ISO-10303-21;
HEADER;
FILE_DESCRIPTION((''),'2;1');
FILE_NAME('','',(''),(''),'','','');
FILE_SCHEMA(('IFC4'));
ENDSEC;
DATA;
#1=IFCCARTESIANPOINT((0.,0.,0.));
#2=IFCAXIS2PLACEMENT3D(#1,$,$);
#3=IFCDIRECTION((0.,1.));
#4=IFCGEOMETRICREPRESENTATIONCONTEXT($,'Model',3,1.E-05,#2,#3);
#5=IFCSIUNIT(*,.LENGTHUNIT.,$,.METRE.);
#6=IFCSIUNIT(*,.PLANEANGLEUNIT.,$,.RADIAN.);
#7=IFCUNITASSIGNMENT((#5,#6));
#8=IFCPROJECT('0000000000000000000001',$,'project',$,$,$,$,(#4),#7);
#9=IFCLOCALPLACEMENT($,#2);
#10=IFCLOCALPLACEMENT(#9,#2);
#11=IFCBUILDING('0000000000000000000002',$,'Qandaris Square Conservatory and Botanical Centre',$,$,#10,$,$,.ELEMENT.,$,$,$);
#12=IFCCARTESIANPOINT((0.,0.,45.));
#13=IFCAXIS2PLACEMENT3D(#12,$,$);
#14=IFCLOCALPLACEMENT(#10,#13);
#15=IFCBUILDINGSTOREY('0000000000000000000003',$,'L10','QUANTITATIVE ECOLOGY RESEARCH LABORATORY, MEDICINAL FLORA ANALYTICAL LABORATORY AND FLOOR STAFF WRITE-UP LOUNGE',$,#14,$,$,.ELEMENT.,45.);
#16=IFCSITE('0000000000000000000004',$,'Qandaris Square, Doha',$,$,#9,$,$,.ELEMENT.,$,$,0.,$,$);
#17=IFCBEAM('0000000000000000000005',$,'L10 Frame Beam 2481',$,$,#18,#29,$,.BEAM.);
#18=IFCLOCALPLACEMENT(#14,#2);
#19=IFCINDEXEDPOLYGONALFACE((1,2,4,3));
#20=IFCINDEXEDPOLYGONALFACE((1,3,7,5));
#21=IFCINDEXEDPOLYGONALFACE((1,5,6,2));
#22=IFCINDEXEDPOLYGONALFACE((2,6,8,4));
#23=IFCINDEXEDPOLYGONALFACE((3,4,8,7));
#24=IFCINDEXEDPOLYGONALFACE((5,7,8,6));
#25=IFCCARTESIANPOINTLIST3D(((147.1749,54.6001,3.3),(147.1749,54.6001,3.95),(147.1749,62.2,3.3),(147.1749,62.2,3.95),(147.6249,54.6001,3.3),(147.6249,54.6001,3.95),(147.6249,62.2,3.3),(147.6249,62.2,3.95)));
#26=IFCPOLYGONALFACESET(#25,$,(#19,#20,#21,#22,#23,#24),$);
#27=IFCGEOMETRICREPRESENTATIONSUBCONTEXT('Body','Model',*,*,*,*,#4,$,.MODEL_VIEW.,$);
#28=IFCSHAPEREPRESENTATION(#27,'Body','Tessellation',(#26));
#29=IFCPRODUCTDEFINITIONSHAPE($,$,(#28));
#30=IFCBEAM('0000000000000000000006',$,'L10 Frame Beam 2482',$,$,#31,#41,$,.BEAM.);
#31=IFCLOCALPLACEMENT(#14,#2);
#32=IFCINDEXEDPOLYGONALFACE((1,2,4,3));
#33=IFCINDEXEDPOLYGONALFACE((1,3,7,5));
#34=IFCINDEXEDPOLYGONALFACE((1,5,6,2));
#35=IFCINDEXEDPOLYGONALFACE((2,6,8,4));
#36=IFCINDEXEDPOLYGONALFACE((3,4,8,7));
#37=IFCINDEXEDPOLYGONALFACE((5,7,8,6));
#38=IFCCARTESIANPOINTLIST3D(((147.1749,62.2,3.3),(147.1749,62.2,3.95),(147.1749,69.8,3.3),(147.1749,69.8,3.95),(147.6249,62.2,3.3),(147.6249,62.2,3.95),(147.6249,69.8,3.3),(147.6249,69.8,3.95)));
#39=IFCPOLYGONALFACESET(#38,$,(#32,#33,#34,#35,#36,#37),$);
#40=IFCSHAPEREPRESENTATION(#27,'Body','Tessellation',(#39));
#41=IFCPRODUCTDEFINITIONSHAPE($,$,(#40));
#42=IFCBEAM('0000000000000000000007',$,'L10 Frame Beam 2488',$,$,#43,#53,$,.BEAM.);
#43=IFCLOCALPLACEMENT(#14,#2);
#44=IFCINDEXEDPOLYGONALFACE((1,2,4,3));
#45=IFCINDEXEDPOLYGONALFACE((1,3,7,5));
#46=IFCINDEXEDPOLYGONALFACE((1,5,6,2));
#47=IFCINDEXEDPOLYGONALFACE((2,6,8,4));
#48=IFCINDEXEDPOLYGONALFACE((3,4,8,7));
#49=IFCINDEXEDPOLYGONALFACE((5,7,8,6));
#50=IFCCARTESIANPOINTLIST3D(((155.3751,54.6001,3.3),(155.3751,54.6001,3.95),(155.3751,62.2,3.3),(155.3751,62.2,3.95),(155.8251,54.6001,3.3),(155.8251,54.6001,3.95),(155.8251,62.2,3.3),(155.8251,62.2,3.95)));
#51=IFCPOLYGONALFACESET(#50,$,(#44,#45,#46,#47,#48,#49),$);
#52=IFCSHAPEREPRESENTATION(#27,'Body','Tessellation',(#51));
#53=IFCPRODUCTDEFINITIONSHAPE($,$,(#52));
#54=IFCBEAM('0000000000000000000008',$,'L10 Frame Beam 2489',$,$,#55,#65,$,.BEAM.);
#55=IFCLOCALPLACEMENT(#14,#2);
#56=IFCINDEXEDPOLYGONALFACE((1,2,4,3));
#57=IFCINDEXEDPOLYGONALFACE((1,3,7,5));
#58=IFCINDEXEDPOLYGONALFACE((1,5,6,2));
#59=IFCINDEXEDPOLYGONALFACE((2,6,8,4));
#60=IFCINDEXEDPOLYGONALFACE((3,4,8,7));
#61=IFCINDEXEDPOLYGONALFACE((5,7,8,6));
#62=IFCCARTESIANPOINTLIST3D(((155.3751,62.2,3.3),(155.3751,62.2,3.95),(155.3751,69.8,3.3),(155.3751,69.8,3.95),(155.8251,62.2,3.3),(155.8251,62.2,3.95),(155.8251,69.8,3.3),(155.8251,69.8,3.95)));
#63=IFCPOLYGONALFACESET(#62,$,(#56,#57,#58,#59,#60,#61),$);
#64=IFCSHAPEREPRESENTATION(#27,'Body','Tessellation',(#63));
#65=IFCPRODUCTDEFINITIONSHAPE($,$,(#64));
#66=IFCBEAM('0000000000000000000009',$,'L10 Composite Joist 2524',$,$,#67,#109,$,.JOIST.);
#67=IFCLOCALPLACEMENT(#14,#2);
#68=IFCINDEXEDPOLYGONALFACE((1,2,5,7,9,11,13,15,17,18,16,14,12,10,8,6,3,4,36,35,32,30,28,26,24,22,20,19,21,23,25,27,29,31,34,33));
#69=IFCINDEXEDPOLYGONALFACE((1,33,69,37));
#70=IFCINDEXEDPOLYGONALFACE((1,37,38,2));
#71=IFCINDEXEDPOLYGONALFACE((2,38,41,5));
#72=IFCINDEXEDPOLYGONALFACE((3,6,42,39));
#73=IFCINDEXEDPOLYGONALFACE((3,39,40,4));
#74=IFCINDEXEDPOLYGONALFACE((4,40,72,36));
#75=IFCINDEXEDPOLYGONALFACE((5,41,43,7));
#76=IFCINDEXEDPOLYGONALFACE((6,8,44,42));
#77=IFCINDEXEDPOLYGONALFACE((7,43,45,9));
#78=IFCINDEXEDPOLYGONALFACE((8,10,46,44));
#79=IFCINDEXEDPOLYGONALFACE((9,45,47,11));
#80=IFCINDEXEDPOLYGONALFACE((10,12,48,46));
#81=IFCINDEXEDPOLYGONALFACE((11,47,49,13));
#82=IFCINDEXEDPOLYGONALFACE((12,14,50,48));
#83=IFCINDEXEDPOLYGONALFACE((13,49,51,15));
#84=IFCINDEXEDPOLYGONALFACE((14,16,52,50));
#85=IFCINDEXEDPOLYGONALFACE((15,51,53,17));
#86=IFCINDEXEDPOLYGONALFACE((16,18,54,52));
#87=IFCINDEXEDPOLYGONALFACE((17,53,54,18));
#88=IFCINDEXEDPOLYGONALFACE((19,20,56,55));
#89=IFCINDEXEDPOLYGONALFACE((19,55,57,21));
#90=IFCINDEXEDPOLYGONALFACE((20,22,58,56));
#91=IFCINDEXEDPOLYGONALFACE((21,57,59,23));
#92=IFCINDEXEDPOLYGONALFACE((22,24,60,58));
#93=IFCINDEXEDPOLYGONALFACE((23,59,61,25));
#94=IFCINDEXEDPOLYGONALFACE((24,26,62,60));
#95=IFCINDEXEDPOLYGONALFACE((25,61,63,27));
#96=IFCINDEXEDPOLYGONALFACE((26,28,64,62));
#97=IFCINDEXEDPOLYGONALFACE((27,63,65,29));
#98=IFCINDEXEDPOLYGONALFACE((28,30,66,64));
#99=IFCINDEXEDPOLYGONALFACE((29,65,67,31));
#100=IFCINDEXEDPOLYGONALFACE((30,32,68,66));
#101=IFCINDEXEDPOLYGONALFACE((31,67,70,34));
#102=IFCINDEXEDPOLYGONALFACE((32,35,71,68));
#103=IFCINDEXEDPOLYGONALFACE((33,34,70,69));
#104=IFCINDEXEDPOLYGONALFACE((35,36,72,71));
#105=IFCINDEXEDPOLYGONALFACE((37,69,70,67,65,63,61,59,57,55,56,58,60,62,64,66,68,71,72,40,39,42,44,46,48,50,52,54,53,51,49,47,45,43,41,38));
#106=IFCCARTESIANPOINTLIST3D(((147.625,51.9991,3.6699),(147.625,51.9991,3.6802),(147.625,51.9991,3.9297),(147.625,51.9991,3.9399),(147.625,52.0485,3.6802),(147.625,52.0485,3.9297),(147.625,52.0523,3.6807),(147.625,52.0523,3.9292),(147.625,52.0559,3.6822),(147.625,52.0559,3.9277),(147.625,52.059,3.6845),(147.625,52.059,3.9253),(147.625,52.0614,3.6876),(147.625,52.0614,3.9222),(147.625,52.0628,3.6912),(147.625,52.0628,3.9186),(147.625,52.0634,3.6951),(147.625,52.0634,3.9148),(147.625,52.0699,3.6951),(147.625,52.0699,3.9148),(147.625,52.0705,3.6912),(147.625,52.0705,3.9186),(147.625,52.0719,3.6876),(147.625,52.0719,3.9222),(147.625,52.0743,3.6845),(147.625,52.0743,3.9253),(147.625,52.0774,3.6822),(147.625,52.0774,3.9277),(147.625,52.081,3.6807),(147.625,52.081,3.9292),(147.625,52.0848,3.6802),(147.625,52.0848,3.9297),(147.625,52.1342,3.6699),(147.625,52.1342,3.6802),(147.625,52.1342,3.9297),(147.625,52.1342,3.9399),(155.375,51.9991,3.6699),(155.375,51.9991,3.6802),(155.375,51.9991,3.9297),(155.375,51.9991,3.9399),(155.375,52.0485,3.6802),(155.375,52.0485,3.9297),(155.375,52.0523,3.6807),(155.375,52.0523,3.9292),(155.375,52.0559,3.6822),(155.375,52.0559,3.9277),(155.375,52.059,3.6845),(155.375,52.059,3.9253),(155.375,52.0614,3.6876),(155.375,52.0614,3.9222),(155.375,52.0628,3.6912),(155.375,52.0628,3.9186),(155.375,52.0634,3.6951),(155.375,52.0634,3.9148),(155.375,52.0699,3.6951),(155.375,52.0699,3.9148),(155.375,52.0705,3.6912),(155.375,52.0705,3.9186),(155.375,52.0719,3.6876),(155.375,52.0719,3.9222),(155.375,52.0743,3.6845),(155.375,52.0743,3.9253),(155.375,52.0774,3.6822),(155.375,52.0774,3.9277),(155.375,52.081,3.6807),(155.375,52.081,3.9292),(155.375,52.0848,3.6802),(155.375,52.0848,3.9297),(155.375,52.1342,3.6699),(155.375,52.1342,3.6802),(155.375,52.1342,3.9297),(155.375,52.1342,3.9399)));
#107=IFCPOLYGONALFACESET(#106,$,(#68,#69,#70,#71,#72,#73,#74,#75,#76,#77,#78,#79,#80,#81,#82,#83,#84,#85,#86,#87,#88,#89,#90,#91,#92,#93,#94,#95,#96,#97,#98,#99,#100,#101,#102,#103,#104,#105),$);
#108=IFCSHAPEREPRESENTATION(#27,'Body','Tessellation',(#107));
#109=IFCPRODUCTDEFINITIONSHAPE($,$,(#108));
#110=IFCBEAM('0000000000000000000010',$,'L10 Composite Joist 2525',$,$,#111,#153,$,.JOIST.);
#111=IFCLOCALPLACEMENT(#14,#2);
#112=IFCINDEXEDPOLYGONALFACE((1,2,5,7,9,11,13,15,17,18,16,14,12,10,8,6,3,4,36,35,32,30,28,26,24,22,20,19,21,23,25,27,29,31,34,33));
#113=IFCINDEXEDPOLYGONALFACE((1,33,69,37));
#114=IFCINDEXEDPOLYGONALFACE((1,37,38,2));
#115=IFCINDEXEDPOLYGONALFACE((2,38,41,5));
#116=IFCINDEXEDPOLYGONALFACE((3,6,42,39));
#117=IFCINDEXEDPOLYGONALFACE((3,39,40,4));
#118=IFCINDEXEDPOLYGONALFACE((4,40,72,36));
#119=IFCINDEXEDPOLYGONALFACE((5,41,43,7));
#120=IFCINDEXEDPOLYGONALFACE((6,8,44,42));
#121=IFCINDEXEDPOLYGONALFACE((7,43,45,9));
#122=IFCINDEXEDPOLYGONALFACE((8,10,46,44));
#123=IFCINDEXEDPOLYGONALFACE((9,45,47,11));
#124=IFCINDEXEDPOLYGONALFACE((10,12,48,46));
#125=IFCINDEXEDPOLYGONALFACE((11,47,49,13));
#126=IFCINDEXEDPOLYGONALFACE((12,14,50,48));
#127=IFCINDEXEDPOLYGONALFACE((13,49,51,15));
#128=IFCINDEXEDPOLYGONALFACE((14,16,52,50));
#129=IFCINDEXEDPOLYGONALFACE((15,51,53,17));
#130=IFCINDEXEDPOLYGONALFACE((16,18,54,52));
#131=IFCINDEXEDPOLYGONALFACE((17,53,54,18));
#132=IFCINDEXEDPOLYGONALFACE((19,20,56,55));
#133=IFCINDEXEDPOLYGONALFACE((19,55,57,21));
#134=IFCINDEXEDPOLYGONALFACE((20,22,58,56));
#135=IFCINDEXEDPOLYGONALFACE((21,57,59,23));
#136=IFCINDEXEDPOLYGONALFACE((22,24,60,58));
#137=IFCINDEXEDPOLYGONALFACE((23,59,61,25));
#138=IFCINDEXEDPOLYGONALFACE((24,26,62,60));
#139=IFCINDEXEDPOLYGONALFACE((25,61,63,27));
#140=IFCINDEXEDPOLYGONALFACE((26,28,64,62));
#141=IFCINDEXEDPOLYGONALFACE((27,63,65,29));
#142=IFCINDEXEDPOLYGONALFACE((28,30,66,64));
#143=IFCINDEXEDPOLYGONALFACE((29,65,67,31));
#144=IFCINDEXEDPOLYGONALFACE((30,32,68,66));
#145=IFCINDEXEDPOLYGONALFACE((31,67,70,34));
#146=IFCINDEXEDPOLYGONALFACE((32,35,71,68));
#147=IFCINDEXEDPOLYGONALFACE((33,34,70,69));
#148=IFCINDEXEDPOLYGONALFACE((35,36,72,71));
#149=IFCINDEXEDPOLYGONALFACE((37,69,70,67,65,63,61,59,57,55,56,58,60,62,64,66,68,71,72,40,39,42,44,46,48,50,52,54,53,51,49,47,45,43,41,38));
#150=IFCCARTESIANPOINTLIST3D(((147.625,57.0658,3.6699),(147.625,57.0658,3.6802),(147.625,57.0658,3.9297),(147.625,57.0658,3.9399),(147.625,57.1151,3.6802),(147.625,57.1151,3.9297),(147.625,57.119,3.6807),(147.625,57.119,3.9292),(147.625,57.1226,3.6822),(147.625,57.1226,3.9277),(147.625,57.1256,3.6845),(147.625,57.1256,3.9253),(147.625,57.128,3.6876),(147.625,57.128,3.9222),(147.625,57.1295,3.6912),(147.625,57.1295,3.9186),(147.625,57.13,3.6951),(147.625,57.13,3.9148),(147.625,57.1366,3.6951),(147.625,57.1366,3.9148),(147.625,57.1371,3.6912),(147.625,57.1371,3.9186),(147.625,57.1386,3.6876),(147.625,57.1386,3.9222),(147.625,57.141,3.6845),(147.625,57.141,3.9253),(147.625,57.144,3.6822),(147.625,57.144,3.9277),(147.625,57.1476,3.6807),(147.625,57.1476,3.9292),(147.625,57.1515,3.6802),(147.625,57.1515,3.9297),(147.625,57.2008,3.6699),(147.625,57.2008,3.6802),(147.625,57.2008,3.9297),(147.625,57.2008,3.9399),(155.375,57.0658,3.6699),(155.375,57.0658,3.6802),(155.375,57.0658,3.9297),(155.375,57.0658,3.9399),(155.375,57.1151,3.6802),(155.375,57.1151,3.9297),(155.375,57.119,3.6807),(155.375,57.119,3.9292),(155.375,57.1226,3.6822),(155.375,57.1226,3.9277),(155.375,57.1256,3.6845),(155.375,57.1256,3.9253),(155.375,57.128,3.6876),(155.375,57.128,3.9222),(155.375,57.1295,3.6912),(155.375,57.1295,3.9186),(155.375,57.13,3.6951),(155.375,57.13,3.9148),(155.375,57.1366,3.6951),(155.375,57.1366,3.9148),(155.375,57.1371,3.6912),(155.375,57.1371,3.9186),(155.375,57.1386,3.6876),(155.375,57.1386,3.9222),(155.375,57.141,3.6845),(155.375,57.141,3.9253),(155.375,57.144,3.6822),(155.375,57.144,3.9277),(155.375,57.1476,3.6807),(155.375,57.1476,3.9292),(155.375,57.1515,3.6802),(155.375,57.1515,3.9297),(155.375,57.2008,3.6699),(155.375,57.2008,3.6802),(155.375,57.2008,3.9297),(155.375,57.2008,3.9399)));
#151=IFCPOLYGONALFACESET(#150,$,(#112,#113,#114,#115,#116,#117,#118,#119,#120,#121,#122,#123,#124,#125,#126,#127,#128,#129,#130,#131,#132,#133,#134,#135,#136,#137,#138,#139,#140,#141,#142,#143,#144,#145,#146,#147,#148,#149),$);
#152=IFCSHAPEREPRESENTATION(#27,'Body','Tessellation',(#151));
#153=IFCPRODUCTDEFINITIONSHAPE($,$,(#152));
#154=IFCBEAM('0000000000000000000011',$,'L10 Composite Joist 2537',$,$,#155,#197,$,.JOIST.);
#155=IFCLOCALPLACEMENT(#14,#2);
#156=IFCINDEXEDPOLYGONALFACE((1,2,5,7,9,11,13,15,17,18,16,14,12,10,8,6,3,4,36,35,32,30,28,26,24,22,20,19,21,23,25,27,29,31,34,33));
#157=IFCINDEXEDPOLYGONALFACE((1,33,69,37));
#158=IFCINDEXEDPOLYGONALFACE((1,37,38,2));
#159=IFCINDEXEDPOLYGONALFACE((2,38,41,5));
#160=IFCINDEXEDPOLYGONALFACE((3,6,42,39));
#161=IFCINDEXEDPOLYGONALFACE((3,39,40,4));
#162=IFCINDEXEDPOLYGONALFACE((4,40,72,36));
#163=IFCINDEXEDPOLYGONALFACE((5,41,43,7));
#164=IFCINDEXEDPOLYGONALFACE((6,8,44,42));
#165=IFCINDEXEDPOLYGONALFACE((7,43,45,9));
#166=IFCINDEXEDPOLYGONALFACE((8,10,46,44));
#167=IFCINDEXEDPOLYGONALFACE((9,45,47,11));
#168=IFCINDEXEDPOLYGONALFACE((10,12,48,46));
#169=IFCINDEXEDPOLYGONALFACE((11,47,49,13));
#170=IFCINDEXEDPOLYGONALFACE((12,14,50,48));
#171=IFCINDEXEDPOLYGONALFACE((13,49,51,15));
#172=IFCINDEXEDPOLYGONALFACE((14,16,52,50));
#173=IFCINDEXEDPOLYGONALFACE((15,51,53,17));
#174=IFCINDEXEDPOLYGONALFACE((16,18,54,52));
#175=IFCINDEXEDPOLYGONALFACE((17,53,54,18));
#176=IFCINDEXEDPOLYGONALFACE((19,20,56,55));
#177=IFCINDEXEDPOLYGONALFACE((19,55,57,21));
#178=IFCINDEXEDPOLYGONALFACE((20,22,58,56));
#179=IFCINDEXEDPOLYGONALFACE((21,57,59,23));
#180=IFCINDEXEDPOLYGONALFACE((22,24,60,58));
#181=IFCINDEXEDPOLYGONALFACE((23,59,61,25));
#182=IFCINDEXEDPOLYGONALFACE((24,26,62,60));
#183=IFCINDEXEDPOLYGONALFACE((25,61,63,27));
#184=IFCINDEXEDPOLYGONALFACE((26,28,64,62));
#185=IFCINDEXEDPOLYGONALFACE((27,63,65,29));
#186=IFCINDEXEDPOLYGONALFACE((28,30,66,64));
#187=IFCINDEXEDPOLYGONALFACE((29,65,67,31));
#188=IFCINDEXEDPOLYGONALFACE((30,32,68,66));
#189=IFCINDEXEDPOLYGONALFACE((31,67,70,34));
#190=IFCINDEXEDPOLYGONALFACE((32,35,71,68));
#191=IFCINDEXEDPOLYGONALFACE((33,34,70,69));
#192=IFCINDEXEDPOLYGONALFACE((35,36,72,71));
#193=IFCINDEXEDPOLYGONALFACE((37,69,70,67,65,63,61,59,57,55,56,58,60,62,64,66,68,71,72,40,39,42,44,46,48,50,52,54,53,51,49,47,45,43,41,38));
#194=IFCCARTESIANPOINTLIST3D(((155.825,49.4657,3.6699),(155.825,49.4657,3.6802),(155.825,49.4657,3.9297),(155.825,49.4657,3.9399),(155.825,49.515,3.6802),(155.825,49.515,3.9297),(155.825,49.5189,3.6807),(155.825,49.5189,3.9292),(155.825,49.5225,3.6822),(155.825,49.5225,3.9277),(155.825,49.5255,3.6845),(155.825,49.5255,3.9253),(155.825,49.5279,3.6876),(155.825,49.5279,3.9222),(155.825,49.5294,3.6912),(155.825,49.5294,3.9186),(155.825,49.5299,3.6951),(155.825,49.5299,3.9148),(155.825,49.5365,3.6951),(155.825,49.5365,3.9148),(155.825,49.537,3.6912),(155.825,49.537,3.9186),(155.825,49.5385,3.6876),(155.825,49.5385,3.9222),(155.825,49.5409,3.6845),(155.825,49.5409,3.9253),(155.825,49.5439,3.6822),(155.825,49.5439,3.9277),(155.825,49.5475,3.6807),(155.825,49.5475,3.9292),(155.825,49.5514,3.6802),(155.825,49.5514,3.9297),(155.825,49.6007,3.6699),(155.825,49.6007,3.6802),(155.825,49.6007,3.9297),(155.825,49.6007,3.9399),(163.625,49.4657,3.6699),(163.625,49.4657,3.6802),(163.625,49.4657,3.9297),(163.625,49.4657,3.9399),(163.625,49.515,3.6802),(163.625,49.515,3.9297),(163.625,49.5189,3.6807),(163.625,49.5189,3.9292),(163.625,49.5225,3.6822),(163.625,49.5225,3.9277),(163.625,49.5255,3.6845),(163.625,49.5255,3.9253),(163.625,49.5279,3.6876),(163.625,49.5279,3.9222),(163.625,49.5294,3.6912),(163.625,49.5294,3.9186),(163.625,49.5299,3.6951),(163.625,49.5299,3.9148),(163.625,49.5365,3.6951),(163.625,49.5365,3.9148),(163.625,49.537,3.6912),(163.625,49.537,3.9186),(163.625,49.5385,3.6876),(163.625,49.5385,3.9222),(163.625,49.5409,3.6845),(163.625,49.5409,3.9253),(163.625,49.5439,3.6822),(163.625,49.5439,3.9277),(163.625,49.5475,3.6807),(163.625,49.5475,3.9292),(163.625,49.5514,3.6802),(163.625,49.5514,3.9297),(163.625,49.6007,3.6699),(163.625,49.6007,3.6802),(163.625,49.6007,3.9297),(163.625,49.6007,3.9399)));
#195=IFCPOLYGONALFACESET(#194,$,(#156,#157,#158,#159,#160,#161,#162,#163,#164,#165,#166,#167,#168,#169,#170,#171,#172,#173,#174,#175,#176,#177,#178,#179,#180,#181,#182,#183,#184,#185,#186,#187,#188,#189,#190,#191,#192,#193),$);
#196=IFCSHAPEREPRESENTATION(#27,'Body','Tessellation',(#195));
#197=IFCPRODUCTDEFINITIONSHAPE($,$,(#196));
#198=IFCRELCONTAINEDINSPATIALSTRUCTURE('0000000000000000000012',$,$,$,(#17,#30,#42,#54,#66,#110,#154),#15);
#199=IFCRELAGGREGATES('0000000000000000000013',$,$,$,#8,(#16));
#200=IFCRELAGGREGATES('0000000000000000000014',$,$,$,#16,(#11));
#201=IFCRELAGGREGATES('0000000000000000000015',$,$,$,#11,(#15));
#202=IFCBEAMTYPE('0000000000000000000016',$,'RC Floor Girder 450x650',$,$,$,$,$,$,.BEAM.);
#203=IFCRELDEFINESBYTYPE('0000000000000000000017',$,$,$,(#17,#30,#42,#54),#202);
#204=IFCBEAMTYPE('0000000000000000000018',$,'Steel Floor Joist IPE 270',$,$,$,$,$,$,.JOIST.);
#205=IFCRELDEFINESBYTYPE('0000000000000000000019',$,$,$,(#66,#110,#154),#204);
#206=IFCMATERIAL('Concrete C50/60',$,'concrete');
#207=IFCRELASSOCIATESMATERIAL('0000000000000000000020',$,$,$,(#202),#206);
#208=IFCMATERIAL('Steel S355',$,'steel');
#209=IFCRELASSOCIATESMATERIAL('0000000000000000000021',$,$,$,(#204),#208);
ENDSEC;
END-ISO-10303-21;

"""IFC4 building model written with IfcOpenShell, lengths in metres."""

from ifc_helpers import new_model, si_unit, direction, frame, origin, origin_2d, place, context, subcontext, project, spatial, rectangle, i_section, extrude, material, material_profile, profile_set, type_object, element, save


model = new_model("IFC4")

# Units and contexts
model_context = context("Model", 3, precision=1e-05, world=origin(), true_north=direction((0.0, 1.0)))
body_context = subcontext(model_context, "Body", "Model", "MODEL_VIEW")
ifc_project = project(units=[si_unit("LENGTHUNIT", "METRE"), si_unit("PLANEANGLEUNIT", "RADIAN")], contexts=[model_context])

# Site, building, storey
site_placement = place(None, origin())
site = spatial("IfcSite", under=ifc_project, at=site_placement, Name="Qandaris Square, Doha", CompositionType="ELEMENT", RefElevation=0.0)
building_placement = place(site_placement, origin())
building = spatial("IfcBuilding", under=site, at=building_placement, Name="Qandaris Square Conservatory and Botanical Centre", CompositionType="ELEMENT")
storey_placement = place(building_placement, frame((0.0, 0.0, 45.0)))
storey = spatial("IfcBuildingStorey", under=building, at=storey_placement, Name="L10", Description="QUANTITATIVE ECOLOGY RESEARCH LABORATORY, MEDICINAL FLORA ANALYTICAL LABORATORY AND FLOOR STAFF WRITE-UP LOUNGE", CompositionType="ELEMENT", Elevation=45.0)

# Shared definitions
ifc_material_1 = material(Name="Concrete C50/60", Category="concrete")

# Shared definitions
ifc_material_2 = material(Name="Steel S355", Category="steel")

# Beams
ifc_material_profile_1 = material_profile(ifc_material_1, rectangle(XDim=0.45, YDim=0.6499, at=origin_2d()), Name="RC-BM 450x650")
ifc_profile_set_1 = profile_set([ifc_material_profile_1], Name="Concrete C50/60")
beam_type_1 = type_object("IfcBeamType", Name="RC Floor Girder 450x650", PredefinedType="BEAM", material=ifc_profile_set_1)
beam_1_placement = place(storey_placement, frame((147.3999, 54.6001, 3.625), z_axis=(0.0, 1.0, 0.0), x_axis=(-1.0, 0.0, 0.0)))
element("IfcBeam", 1, at=beam_1_placement, inside=storey, type_object=beam_type_1, Name="L10 Frame Beam 2481", PredefinedType="BEAM", context=body_context, shape_type="SweptSolid", body=[
    extrude(rectangle(XDim=0.45, YDim=0.6499, at=origin_2d()), origin(), (0.0, 0.0, 1.0), 7.5999),
])
beam_2_placement = place(storey_placement, frame((147.3999, 62.2, 3.625), z_axis=(0.0, 1.0, 0.0), x_axis=(-1.0, 0.0, 0.0)))
element("IfcBeam", 2, at=beam_2_placement, inside=storey, type_object=beam_type_1, Name="L10 Frame Beam 2482", PredefinedType="BEAM", context=body_context, shape_type="SweptSolid", body=[
    extrude(rectangle(XDim=0.45, YDim=0.6499, at=origin_2d()), origin(), (0.0, 0.0, 1.0), 7.6001),
])
beam_3_placement = place(storey_placement, frame((155.6001, 54.6001, 3.625), z_axis=(0.0, 1.0, 0.0), x_axis=(-1.0, 0.0, 0.0)))
element("IfcBeam", 3, at=beam_3_placement, inside=storey, type_object=beam_type_1, Name="L10 Frame Beam 2488", PredefinedType="BEAM", context=body_context, shape_type="SweptSolid", body=[
    extrude(rectangle(XDim=0.45, YDim=0.6499, at=origin_2d()), origin(), (0.0, 0.0, 1.0), 7.5999),
])
beam_4_placement = place(storey_placement, frame((155.6001, 62.2, 3.625), z_axis=(0.0, 1.0, 0.0), x_axis=(-1.0, 0.0, 0.0)))
element("IfcBeam", 4, at=beam_4_placement, inside=storey, type_object=beam_type_1, Name="L10 Frame Beam 2489", PredefinedType="BEAM", context=body_context, shape_type="SweptSolid", body=[
    extrude(rectangle(XDim=0.45, YDim=0.6499, at=origin_2d()), origin(), (0.0, 0.0, 1.0), 7.6001),
])
ifc_material_profile_2 = material_profile(ifc_material_2, i_section(OverallWidth=0.135, OverallDepth=0.27, WebThickness=0.0066, FlangeThickness=0.0103, FilletRadius=0.0149, at=origin_2d()), Name="IPE 270")
ifc_profile_set_2 = profile_set([ifc_material_profile_2], Name="Steel S355")
beam_type_2 = type_object("IfcBeamType", Name="Steel Floor Joist IPE 270", PredefinedType="JOIST", material=ifc_profile_set_2)
for number, where, z_axis, x_axis, name in (
    (5, (147.625, 52.0667, 3.8049), (1.0, 0.0, 0.0), (0.0, 1.0, 0.0), "L10 Composite Joist 2524"),
    (6, (147.625, 57.1333, 3.8049), (1.0, 0.0, 0.0), (0.0, 1.0, 0.0), "L10 Composite Joist 2525"),
):
    element("IfcBeam", number, at=place(storey_placement, frame(where, z_axis=z_axis, x_axis=x_axis)), inside=storey, type_object=beam_type_2, Name=name, PredefinedType="JOIST", context=body_context, shape_type="SweptSolid", body=[
        extrude(i_section(OverallWidth=0.135, OverallDepth=0.27, WebThickness=0.0066, FlangeThickness=0.0103, FilletRadius=0.0149, at=origin_2d()), origin(), (0.0, 0.0, 1.0), 7.75),
    ])
beam_5_placement = place(storey_placement, frame((155.825, 49.5332, 3.8049), z_axis=(1.0, 0.0, 0.0), x_axis=(0.0, 1.0, 0.0)))
element("IfcBeam", 7, at=beam_5_placement, inside=storey, type_object=beam_type_2, Name="L10 Composite Joist 2537", PredefinedType="JOIST", context=body_context, shape_type="SweptSolid", body=[
    extrude(i_section(OverallWidth=0.135, OverallDepth=0.27, WebThickness=0.0066, FlangeThickness=0.0103, FilletRadius=0.0149, at=origin_2d()), origin(), (0.0, 0.0, 1.0), 7.8),
])

save(model, "model.ifc")
